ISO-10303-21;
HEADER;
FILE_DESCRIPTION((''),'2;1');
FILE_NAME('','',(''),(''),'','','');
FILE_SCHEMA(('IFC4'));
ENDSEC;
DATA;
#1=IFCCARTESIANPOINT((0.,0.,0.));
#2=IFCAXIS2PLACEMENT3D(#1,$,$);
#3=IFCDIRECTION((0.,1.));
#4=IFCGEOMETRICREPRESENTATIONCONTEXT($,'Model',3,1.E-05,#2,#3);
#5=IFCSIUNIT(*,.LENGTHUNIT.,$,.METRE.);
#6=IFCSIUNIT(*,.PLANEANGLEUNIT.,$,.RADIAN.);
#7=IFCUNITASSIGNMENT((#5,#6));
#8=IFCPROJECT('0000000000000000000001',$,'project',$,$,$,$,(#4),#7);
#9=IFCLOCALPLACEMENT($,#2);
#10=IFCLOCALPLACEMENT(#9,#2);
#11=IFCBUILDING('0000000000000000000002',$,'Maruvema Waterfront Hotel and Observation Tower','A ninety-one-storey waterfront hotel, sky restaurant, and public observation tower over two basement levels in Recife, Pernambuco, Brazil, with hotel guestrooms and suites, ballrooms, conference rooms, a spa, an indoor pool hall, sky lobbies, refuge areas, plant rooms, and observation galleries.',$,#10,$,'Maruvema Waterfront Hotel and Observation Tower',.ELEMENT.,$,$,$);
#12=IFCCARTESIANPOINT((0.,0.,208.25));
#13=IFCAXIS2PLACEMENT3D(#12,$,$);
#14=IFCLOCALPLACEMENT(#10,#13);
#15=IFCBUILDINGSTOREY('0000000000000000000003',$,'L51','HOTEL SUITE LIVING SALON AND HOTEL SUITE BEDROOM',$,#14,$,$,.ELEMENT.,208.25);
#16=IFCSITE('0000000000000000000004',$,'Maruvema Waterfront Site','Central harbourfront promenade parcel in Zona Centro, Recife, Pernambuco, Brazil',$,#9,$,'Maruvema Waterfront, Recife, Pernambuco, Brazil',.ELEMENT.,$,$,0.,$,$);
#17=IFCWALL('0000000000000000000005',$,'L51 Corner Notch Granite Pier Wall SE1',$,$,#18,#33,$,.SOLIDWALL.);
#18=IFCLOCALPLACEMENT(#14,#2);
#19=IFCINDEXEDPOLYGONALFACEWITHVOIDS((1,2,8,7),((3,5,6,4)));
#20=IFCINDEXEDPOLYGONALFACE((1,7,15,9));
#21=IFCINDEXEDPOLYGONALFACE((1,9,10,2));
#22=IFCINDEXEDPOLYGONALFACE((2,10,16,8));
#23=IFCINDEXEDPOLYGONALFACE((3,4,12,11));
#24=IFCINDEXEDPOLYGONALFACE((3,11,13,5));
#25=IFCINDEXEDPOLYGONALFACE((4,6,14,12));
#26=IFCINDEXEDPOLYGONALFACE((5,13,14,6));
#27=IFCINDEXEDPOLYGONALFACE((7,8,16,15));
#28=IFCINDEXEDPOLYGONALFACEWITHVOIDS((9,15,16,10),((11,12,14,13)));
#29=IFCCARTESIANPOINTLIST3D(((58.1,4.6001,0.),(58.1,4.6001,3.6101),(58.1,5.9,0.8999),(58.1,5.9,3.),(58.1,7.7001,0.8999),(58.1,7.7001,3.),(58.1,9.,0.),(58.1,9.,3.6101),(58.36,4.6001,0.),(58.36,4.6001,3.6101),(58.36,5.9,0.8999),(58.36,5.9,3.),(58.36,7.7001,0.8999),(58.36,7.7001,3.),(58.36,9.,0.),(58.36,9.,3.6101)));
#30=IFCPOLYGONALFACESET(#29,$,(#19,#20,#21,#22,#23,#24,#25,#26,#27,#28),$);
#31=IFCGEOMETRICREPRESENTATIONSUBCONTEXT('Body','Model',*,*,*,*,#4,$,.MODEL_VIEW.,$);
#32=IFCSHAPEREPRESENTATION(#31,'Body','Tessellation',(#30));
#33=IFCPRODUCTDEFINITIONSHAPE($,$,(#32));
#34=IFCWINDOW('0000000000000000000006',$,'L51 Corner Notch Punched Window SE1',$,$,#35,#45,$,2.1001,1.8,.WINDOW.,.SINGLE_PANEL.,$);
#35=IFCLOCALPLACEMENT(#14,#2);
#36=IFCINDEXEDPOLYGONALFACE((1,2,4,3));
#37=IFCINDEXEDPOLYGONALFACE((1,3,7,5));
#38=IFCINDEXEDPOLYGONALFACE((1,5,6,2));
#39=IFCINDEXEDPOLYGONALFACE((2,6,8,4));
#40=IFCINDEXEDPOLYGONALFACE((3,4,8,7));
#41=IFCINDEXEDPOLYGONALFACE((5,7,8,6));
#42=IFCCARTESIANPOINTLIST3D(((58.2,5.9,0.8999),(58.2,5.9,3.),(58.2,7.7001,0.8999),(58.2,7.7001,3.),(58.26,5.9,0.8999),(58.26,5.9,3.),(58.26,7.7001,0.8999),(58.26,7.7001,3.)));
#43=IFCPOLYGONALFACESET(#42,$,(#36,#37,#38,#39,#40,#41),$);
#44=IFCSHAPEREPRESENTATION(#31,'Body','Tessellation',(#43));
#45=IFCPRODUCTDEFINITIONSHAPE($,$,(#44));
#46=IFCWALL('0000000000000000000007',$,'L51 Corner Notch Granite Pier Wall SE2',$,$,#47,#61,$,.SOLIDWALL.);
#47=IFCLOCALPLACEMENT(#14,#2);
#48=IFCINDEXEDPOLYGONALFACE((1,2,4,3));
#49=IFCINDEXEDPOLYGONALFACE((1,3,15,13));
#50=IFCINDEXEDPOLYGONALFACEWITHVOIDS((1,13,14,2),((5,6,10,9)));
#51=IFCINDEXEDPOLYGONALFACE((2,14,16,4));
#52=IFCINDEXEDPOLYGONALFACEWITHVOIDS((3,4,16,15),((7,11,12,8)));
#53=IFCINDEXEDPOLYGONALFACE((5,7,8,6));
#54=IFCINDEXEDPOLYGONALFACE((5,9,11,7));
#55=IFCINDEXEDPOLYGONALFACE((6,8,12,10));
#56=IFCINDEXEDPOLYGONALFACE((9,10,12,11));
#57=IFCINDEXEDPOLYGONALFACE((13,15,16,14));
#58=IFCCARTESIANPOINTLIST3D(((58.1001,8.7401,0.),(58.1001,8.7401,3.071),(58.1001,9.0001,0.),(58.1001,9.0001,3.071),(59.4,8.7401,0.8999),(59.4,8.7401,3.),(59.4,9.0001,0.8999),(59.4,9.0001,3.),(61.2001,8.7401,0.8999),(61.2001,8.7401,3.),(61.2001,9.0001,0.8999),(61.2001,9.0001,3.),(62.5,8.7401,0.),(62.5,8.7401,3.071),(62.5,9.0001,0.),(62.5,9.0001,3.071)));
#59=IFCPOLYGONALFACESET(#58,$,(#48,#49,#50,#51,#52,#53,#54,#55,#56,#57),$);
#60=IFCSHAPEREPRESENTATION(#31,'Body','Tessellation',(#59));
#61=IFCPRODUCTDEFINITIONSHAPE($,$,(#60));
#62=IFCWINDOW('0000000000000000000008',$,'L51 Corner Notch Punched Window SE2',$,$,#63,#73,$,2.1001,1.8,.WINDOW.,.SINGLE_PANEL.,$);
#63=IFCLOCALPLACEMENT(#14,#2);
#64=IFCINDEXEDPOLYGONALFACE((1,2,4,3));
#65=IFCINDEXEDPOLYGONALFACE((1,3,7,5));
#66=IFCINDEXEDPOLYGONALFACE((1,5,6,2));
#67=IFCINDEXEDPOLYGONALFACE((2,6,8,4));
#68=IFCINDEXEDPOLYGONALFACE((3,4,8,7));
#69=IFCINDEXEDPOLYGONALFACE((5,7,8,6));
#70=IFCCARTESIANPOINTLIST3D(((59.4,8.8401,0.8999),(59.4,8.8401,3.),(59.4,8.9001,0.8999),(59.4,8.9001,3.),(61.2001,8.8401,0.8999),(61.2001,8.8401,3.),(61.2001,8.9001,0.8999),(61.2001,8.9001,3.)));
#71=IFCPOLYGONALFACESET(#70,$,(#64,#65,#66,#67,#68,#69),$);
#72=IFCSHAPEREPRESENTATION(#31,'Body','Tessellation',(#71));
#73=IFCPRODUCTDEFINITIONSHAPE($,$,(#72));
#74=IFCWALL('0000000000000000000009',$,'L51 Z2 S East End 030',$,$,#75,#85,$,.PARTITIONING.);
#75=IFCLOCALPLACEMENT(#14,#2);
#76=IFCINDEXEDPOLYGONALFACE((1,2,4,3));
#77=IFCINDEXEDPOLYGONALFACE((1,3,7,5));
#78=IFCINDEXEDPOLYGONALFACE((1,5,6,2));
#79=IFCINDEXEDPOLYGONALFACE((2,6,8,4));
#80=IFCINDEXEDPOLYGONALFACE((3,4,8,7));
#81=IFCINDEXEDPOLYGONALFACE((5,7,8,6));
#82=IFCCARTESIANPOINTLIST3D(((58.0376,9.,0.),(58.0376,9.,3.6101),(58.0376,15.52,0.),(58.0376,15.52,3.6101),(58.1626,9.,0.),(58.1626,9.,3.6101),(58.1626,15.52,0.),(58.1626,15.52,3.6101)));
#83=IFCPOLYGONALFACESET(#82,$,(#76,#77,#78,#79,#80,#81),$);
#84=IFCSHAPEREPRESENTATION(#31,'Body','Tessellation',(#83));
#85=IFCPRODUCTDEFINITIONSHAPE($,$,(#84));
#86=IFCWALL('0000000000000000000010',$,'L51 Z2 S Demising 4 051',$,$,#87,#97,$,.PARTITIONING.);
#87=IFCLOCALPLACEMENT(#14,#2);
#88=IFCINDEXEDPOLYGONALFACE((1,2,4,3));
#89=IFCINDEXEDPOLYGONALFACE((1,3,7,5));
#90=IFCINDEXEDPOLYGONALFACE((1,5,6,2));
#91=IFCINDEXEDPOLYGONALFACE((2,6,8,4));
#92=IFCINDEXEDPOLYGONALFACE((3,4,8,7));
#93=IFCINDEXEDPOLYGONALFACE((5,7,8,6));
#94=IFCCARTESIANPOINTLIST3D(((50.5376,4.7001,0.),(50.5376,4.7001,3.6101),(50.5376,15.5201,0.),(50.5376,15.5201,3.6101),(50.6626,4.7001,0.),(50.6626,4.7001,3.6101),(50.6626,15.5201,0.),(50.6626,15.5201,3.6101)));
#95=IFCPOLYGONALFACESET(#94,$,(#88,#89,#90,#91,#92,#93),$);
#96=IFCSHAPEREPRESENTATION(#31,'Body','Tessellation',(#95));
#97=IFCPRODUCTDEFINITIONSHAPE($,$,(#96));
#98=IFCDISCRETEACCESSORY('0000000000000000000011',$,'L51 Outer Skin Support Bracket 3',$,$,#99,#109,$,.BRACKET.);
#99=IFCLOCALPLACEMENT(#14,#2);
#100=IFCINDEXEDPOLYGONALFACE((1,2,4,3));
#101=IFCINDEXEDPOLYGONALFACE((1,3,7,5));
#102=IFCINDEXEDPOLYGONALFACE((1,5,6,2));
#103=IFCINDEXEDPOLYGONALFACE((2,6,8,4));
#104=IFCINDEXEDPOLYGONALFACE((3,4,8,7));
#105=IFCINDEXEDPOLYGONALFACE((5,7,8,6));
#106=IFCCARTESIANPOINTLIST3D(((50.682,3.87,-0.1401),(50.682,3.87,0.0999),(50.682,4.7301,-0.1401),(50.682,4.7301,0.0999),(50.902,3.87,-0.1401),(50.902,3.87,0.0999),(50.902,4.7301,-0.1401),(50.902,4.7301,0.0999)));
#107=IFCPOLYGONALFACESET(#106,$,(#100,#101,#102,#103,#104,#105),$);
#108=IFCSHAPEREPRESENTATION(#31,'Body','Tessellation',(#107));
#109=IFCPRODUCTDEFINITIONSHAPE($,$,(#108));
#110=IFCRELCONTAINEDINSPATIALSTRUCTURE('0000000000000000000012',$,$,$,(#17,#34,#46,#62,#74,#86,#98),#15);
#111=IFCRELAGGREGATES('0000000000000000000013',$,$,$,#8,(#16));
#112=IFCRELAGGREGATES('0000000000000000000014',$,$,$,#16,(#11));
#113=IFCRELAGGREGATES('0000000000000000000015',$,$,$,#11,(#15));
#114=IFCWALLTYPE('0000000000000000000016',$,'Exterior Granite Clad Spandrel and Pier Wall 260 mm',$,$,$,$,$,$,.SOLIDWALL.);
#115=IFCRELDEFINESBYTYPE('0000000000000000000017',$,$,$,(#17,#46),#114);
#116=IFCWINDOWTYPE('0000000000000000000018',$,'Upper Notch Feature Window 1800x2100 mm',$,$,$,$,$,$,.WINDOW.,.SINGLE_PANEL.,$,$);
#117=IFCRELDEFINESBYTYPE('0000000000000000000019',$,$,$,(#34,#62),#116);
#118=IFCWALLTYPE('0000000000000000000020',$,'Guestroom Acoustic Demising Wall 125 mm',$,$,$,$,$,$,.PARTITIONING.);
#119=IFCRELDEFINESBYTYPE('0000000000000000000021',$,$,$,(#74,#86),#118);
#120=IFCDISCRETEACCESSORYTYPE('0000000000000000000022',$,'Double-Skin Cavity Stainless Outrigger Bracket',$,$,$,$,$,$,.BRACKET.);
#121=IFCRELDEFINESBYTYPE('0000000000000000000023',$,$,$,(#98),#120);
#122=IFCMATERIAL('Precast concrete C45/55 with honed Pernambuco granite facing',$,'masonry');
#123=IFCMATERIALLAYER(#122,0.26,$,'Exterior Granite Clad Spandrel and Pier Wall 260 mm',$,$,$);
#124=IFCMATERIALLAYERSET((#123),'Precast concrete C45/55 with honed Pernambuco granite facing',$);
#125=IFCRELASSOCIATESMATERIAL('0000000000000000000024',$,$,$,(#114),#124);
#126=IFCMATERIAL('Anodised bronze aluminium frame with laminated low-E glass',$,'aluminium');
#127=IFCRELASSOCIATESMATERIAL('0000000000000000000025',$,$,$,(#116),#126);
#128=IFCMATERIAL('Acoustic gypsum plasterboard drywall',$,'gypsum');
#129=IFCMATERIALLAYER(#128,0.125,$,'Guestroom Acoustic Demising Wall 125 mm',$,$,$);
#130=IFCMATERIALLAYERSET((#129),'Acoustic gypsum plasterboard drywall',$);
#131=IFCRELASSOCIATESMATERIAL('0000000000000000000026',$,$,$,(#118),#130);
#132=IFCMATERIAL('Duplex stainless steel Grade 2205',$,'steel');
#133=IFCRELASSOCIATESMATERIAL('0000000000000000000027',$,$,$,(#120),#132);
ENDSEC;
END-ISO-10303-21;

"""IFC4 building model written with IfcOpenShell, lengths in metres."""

from ifc_helpers import new_model, si_unit, direction, frame, frame_2d, origin, origin_2d, place, context, subcontext, project, spatial, rectangle, extrude, material, layer, layer_set, type_object, element, fill, save


model = new_model("IFC4")

# Units and contexts
model_context = context("Model", 3, precision=1e-05, world=origin(), true_north=direction((0.0, 1.0)))
body_context = subcontext(model_context, "Body", "Model", "MODEL_VIEW")
ifc_project = project(units=[si_unit("LENGTHUNIT", "METRE"), si_unit("PLANEANGLEUNIT", "RADIAN")], contexts=[model_context])

# Site, building, storey
site_placement = place(None, origin())
site = spatial("IfcSite", under=ifc_project, at=site_placement, Name="Maruvema Waterfront Site", Description="Central harbourfront promenade parcel in Zona Centro, Recife, Pernambuco, Brazil", LongName="Maruvema Waterfront, Recife, Pernambuco, Brazil", CompositionType="ELEMENT", RefElevation=0.0)
building_placement = place(site_placement, origin())
building = spatial("IfcBuilding", under=site, at=building_placement, Name="Maruvema Waterfront Hotel and Observation Tower", Description="A ninety-one-storey waterfront hotel, sky restaurant, and public observation tower over two basement levels in Recife, Pernambuco, Brazil, with hotel guestrooms and suites, ballrooms, conference rooms, a spa, an indoor pool hall, sky lobbies, refuge areas, plant rooms, and observation galleries.", LongName="Maruvema Waterfront Hotel and Observation Tower", CompositionType="ELEMENT")
storey_placement = place(building_placement, frame((0.0, 0.0, 208.25)))
storey = spatial("IfcBuildingStorey", under=building, at=storey_placement, Name="L51", Description="HOTEL SUITE LIVING SALON AND HOTEL SUITE BEDROOM", CompositionType="ELEMENT", Elevation=208.25)

# Walls, openings, windows
ifc_material_1 = material(Name="Precast concrete C45/55 with honed Pernambuco granite facing", Category="masonry")
ifc_layer_1 = layer(ifc_material_1, 0.26, Name="Exterior Granite Clad Spandrel and Pier Wall 260 mm")
ifc_layer_set_1 = layer_set([ifc_layer_1], Name="Precast concrete C45/55 with honed Pernambuco granite facing")
wall_type_1 = type_object("IfcWallType", Name="Exterior Granite Clad Spandrel and Pier Wall 260 mm", PredefinedType="SOLIDWALL", material=ifc_layer_set_1)
wall_1_placement = place(storey_placement, frame((58.23, 9.0, 0.0), z_axis=(0.0, 0.0, 1.0), x_axis=(0.0, -1.0, 0.0)))
wall_1 = element("IfcWall", 1, at=wall_1_placement, inside=storey, type_object=wall_type_1, Name="L51 Corner Notch Granite Pier Wall SE1", PredefinedType="SOLIDWALL", context=body_context, shape_type="SweptSolid", body=[
    extrude(rectangle(XDim=4.3999, YDim=0.26, at=frame_2d((2.2, 0.0))), origin(), (0.0, 0.0, 1.0), 3.6101),
])
opening_1_placement = place(wall_1_placement, frame((1.3, 0.0, 0.8999)))
opening_1 = element("IfcOpeningElement", 2, at=opening_1_placement, cuts=wall_1, PredefinedType="OPENING", context=body_context, shape_type="SweptSolid", body=[
    extrude(rectangle(XDim=1.8, YDim=2.1001, at=frame_2d((0.8999, 1.05))), frame((0.0, 0.1401, 0.0), z_axis=(0.0, -1.0, 0.0), x_axis=(1.0, 0.0, 0.0)), (0.0, 0.0, 1.0), 0.28),
])
ifc_material_2 = material(Name="Anodised bronze aluminium frame with laminated low-E glass", Category="aluminium")
window_type = type_object("IfcWindowType", Name="Upper Notch Feature Window 1800x2100 mm", PartitioningType="SINGLE_PANEL", PredefinedType="WINDOW", material=ifc_material_2)
window_1_placement = place(opening_1_placement, origin())
window_1 = element("IfcWindow", 3, at=window_1_placement, inside=storey, type_object=window_type, Name="L51 Corner Notch Punched Window SE1", OverallHeight=2.1001, OverallWidth=1.8, PartitioningType="SINGLE_PANEL", PredefinedType="WINDOW", context=body_context, shape_type="SweptSolid", body=[
    extrude(rectangle(XDim=1.8, YDim=2.1001, at=frame_2d((0.8999, 1.05))), frame((0.0, 0.03, 0.0), z_axis=(0.0, -1.0, 0.0), x_axis=(1.0, 0.0, 0.0)), (0.0, 0.0, 1.0), 0.0601),
])
fill(opening_1, window_1)
wall_2_placement = place(storey_placement, frame((62.5, 8.8701, 0.0), z_axis=(0.0, 0.0, 1.0), x_axis=(-1.0, 0.0, 0.0)))
wall_2 = element("IfcWall", 4, at=wall_2_placement, inside=storey, type_object=wall_type_1, Name="L51 Corner Notch Granite Pier Wall SE2", PredefinedType="SOLIDWALL", context=body_context, shape_type="SweptSolid", body=[
    extrude(rectangle(XDim=4.3999, YDim=0.26, at=frame_2d((2.2, 0.0))), origin(), (0.0, 0.0, 1.0), 3.071),
])
opening_2_placement = place(wall_2_placement, frame((1.3, 0.0, 0.8999)))
opening_2 = element("IfcOpeningElement", 5, at=opening_2_placement, cuts=wall_2, PredefinedType="OPENING", context=body_context, shape_type="SweptSolid", body=[
    extrude(rectangle(XDim=1.8, YDim=2.1001, at=frame_2d((0.8999, 1.05))), frame((0.0, 0.1401, 0.0), z_axis=(0.0, -1.0, 0.0), x_axis=(1.0, 0.0, 0.0)), (0.0, 0.0, 1.0), 0.28),
])
window_2_placement = place(opening_2_placement, origin())
window_2 = element("IfcWindow", 6, at=window_2_placement, inside=storey, type_object=window_type, Name="L51 Corner Notch Punched Window SE2", OverallHeight=2.1001, OverallWidth=1.8, PartitioningType="SINGLE_PANEL", PredefinedType="WINDOW", context=body_context, shape_type="SweptSolid", body=[
    extrude(rectangle(XDim=1.8, YDim=2.1001, at=frame_2d((0.8999, 1.05))), frame((0.0, 0.03, 0.0), z_axis=(0.0, -1.0, 0.0), x_axis=(1.0, 0.0, 0.0)), (0.0, 0.0, 1.0), 0.0601),
])
fill(opening_2, window_2)

# Walls
ifc_material_3 = material(Name="Acoustic gypsum plasterboard drywall", Category="gypsum")
ifc_layer_2 = layer(ifc_material_3, 0.125, Name="Guestroom Acoustic Demising Wall 125 mm")
ifc_layer_set_2 = layer_set([ifc_layer_2], Name="Acoustic gypsum plasterboard drywall")
wall_type_2 = type_object("IfcWallType", Name="Guestroom Acoustic Demising Wall 125 mm", PredefinedType="PARTITIONING", material=ifc_layer_set_2)
wall_3_placement = place(storey_placement, frame((58.1001, 9.0, 0.0), z_axis=(0.0, 0.0, 1.0), x_axis=(0.0, 1.0, 0.0)))
element("IfcWall", 7, at=wall_3_placement, inside=storey, type_object=wall_type_2, Name="L51 Z2 S East End 030", PredefinedType="PARTITIONING", context=body_context, shape_type="SweptSolid", body=[
    extrude(rectangle(XDim=6.52, YDim=0.125, at=frame_2d((3.26, 0.0))), origin(), (0.0, 0.0, 1.0), 3.6101),
])
wall_4_placement = place(storey_placement, frame((50.6001, 4.7, 0.0), z_axis=(0.0, 0.0, 1.0), x_axis=(0.0, 1.0, 0.0)))
element("IfcWall", 8, at=wall_4_placement, inside=storey, type_object=wall_type_2, Name="L51 Z2 S Demising 4 051", PredefinedType="PARTITIONING", context=body_context, shape_type="SweptSolid", body=[
    extrude(rectangle(XDim=10.8201, YDim=0.125, at=frame_2d((5.4102, 0.0))), origin(), (0.0, 0.0, 1.0), 3.6101),
])

# Discrete accessory
ifc_material_4 = material(Name="Duplex stainless steel Grade 2205", Category="steel")
discrete_accessory_type = type_object("IfcDiscreteAccessoryType", Name="Double-Skin Cavity Stainless Outrigger Bracket", PredefinedType="BRACKET", material=ifc_material_4)
discrete_accessory_placement = place(storey_placement, frame((50.792, 4.3, -0.1401), z_axis=(0.0, 0.0, 1.0), x_axis=(1.0, 0.0, 0.0)))
element("IfcDiscreteAccessory", 9, at=discrete_accessory_placement, inside=storey, type_object=discrete_accessory_type, Name="L51 Outer Skin Support Bracket 3", PredefinedType="BRACKET", context=body_context, shape_type="SweptSolid", body=[
    extrude(rectangle(XDim=0.22, YDim=0.8601, at=origin_2d()), origin(), (0.0, 0.0, 1.0), 0.24),
])

save(model, "model.ifc")
